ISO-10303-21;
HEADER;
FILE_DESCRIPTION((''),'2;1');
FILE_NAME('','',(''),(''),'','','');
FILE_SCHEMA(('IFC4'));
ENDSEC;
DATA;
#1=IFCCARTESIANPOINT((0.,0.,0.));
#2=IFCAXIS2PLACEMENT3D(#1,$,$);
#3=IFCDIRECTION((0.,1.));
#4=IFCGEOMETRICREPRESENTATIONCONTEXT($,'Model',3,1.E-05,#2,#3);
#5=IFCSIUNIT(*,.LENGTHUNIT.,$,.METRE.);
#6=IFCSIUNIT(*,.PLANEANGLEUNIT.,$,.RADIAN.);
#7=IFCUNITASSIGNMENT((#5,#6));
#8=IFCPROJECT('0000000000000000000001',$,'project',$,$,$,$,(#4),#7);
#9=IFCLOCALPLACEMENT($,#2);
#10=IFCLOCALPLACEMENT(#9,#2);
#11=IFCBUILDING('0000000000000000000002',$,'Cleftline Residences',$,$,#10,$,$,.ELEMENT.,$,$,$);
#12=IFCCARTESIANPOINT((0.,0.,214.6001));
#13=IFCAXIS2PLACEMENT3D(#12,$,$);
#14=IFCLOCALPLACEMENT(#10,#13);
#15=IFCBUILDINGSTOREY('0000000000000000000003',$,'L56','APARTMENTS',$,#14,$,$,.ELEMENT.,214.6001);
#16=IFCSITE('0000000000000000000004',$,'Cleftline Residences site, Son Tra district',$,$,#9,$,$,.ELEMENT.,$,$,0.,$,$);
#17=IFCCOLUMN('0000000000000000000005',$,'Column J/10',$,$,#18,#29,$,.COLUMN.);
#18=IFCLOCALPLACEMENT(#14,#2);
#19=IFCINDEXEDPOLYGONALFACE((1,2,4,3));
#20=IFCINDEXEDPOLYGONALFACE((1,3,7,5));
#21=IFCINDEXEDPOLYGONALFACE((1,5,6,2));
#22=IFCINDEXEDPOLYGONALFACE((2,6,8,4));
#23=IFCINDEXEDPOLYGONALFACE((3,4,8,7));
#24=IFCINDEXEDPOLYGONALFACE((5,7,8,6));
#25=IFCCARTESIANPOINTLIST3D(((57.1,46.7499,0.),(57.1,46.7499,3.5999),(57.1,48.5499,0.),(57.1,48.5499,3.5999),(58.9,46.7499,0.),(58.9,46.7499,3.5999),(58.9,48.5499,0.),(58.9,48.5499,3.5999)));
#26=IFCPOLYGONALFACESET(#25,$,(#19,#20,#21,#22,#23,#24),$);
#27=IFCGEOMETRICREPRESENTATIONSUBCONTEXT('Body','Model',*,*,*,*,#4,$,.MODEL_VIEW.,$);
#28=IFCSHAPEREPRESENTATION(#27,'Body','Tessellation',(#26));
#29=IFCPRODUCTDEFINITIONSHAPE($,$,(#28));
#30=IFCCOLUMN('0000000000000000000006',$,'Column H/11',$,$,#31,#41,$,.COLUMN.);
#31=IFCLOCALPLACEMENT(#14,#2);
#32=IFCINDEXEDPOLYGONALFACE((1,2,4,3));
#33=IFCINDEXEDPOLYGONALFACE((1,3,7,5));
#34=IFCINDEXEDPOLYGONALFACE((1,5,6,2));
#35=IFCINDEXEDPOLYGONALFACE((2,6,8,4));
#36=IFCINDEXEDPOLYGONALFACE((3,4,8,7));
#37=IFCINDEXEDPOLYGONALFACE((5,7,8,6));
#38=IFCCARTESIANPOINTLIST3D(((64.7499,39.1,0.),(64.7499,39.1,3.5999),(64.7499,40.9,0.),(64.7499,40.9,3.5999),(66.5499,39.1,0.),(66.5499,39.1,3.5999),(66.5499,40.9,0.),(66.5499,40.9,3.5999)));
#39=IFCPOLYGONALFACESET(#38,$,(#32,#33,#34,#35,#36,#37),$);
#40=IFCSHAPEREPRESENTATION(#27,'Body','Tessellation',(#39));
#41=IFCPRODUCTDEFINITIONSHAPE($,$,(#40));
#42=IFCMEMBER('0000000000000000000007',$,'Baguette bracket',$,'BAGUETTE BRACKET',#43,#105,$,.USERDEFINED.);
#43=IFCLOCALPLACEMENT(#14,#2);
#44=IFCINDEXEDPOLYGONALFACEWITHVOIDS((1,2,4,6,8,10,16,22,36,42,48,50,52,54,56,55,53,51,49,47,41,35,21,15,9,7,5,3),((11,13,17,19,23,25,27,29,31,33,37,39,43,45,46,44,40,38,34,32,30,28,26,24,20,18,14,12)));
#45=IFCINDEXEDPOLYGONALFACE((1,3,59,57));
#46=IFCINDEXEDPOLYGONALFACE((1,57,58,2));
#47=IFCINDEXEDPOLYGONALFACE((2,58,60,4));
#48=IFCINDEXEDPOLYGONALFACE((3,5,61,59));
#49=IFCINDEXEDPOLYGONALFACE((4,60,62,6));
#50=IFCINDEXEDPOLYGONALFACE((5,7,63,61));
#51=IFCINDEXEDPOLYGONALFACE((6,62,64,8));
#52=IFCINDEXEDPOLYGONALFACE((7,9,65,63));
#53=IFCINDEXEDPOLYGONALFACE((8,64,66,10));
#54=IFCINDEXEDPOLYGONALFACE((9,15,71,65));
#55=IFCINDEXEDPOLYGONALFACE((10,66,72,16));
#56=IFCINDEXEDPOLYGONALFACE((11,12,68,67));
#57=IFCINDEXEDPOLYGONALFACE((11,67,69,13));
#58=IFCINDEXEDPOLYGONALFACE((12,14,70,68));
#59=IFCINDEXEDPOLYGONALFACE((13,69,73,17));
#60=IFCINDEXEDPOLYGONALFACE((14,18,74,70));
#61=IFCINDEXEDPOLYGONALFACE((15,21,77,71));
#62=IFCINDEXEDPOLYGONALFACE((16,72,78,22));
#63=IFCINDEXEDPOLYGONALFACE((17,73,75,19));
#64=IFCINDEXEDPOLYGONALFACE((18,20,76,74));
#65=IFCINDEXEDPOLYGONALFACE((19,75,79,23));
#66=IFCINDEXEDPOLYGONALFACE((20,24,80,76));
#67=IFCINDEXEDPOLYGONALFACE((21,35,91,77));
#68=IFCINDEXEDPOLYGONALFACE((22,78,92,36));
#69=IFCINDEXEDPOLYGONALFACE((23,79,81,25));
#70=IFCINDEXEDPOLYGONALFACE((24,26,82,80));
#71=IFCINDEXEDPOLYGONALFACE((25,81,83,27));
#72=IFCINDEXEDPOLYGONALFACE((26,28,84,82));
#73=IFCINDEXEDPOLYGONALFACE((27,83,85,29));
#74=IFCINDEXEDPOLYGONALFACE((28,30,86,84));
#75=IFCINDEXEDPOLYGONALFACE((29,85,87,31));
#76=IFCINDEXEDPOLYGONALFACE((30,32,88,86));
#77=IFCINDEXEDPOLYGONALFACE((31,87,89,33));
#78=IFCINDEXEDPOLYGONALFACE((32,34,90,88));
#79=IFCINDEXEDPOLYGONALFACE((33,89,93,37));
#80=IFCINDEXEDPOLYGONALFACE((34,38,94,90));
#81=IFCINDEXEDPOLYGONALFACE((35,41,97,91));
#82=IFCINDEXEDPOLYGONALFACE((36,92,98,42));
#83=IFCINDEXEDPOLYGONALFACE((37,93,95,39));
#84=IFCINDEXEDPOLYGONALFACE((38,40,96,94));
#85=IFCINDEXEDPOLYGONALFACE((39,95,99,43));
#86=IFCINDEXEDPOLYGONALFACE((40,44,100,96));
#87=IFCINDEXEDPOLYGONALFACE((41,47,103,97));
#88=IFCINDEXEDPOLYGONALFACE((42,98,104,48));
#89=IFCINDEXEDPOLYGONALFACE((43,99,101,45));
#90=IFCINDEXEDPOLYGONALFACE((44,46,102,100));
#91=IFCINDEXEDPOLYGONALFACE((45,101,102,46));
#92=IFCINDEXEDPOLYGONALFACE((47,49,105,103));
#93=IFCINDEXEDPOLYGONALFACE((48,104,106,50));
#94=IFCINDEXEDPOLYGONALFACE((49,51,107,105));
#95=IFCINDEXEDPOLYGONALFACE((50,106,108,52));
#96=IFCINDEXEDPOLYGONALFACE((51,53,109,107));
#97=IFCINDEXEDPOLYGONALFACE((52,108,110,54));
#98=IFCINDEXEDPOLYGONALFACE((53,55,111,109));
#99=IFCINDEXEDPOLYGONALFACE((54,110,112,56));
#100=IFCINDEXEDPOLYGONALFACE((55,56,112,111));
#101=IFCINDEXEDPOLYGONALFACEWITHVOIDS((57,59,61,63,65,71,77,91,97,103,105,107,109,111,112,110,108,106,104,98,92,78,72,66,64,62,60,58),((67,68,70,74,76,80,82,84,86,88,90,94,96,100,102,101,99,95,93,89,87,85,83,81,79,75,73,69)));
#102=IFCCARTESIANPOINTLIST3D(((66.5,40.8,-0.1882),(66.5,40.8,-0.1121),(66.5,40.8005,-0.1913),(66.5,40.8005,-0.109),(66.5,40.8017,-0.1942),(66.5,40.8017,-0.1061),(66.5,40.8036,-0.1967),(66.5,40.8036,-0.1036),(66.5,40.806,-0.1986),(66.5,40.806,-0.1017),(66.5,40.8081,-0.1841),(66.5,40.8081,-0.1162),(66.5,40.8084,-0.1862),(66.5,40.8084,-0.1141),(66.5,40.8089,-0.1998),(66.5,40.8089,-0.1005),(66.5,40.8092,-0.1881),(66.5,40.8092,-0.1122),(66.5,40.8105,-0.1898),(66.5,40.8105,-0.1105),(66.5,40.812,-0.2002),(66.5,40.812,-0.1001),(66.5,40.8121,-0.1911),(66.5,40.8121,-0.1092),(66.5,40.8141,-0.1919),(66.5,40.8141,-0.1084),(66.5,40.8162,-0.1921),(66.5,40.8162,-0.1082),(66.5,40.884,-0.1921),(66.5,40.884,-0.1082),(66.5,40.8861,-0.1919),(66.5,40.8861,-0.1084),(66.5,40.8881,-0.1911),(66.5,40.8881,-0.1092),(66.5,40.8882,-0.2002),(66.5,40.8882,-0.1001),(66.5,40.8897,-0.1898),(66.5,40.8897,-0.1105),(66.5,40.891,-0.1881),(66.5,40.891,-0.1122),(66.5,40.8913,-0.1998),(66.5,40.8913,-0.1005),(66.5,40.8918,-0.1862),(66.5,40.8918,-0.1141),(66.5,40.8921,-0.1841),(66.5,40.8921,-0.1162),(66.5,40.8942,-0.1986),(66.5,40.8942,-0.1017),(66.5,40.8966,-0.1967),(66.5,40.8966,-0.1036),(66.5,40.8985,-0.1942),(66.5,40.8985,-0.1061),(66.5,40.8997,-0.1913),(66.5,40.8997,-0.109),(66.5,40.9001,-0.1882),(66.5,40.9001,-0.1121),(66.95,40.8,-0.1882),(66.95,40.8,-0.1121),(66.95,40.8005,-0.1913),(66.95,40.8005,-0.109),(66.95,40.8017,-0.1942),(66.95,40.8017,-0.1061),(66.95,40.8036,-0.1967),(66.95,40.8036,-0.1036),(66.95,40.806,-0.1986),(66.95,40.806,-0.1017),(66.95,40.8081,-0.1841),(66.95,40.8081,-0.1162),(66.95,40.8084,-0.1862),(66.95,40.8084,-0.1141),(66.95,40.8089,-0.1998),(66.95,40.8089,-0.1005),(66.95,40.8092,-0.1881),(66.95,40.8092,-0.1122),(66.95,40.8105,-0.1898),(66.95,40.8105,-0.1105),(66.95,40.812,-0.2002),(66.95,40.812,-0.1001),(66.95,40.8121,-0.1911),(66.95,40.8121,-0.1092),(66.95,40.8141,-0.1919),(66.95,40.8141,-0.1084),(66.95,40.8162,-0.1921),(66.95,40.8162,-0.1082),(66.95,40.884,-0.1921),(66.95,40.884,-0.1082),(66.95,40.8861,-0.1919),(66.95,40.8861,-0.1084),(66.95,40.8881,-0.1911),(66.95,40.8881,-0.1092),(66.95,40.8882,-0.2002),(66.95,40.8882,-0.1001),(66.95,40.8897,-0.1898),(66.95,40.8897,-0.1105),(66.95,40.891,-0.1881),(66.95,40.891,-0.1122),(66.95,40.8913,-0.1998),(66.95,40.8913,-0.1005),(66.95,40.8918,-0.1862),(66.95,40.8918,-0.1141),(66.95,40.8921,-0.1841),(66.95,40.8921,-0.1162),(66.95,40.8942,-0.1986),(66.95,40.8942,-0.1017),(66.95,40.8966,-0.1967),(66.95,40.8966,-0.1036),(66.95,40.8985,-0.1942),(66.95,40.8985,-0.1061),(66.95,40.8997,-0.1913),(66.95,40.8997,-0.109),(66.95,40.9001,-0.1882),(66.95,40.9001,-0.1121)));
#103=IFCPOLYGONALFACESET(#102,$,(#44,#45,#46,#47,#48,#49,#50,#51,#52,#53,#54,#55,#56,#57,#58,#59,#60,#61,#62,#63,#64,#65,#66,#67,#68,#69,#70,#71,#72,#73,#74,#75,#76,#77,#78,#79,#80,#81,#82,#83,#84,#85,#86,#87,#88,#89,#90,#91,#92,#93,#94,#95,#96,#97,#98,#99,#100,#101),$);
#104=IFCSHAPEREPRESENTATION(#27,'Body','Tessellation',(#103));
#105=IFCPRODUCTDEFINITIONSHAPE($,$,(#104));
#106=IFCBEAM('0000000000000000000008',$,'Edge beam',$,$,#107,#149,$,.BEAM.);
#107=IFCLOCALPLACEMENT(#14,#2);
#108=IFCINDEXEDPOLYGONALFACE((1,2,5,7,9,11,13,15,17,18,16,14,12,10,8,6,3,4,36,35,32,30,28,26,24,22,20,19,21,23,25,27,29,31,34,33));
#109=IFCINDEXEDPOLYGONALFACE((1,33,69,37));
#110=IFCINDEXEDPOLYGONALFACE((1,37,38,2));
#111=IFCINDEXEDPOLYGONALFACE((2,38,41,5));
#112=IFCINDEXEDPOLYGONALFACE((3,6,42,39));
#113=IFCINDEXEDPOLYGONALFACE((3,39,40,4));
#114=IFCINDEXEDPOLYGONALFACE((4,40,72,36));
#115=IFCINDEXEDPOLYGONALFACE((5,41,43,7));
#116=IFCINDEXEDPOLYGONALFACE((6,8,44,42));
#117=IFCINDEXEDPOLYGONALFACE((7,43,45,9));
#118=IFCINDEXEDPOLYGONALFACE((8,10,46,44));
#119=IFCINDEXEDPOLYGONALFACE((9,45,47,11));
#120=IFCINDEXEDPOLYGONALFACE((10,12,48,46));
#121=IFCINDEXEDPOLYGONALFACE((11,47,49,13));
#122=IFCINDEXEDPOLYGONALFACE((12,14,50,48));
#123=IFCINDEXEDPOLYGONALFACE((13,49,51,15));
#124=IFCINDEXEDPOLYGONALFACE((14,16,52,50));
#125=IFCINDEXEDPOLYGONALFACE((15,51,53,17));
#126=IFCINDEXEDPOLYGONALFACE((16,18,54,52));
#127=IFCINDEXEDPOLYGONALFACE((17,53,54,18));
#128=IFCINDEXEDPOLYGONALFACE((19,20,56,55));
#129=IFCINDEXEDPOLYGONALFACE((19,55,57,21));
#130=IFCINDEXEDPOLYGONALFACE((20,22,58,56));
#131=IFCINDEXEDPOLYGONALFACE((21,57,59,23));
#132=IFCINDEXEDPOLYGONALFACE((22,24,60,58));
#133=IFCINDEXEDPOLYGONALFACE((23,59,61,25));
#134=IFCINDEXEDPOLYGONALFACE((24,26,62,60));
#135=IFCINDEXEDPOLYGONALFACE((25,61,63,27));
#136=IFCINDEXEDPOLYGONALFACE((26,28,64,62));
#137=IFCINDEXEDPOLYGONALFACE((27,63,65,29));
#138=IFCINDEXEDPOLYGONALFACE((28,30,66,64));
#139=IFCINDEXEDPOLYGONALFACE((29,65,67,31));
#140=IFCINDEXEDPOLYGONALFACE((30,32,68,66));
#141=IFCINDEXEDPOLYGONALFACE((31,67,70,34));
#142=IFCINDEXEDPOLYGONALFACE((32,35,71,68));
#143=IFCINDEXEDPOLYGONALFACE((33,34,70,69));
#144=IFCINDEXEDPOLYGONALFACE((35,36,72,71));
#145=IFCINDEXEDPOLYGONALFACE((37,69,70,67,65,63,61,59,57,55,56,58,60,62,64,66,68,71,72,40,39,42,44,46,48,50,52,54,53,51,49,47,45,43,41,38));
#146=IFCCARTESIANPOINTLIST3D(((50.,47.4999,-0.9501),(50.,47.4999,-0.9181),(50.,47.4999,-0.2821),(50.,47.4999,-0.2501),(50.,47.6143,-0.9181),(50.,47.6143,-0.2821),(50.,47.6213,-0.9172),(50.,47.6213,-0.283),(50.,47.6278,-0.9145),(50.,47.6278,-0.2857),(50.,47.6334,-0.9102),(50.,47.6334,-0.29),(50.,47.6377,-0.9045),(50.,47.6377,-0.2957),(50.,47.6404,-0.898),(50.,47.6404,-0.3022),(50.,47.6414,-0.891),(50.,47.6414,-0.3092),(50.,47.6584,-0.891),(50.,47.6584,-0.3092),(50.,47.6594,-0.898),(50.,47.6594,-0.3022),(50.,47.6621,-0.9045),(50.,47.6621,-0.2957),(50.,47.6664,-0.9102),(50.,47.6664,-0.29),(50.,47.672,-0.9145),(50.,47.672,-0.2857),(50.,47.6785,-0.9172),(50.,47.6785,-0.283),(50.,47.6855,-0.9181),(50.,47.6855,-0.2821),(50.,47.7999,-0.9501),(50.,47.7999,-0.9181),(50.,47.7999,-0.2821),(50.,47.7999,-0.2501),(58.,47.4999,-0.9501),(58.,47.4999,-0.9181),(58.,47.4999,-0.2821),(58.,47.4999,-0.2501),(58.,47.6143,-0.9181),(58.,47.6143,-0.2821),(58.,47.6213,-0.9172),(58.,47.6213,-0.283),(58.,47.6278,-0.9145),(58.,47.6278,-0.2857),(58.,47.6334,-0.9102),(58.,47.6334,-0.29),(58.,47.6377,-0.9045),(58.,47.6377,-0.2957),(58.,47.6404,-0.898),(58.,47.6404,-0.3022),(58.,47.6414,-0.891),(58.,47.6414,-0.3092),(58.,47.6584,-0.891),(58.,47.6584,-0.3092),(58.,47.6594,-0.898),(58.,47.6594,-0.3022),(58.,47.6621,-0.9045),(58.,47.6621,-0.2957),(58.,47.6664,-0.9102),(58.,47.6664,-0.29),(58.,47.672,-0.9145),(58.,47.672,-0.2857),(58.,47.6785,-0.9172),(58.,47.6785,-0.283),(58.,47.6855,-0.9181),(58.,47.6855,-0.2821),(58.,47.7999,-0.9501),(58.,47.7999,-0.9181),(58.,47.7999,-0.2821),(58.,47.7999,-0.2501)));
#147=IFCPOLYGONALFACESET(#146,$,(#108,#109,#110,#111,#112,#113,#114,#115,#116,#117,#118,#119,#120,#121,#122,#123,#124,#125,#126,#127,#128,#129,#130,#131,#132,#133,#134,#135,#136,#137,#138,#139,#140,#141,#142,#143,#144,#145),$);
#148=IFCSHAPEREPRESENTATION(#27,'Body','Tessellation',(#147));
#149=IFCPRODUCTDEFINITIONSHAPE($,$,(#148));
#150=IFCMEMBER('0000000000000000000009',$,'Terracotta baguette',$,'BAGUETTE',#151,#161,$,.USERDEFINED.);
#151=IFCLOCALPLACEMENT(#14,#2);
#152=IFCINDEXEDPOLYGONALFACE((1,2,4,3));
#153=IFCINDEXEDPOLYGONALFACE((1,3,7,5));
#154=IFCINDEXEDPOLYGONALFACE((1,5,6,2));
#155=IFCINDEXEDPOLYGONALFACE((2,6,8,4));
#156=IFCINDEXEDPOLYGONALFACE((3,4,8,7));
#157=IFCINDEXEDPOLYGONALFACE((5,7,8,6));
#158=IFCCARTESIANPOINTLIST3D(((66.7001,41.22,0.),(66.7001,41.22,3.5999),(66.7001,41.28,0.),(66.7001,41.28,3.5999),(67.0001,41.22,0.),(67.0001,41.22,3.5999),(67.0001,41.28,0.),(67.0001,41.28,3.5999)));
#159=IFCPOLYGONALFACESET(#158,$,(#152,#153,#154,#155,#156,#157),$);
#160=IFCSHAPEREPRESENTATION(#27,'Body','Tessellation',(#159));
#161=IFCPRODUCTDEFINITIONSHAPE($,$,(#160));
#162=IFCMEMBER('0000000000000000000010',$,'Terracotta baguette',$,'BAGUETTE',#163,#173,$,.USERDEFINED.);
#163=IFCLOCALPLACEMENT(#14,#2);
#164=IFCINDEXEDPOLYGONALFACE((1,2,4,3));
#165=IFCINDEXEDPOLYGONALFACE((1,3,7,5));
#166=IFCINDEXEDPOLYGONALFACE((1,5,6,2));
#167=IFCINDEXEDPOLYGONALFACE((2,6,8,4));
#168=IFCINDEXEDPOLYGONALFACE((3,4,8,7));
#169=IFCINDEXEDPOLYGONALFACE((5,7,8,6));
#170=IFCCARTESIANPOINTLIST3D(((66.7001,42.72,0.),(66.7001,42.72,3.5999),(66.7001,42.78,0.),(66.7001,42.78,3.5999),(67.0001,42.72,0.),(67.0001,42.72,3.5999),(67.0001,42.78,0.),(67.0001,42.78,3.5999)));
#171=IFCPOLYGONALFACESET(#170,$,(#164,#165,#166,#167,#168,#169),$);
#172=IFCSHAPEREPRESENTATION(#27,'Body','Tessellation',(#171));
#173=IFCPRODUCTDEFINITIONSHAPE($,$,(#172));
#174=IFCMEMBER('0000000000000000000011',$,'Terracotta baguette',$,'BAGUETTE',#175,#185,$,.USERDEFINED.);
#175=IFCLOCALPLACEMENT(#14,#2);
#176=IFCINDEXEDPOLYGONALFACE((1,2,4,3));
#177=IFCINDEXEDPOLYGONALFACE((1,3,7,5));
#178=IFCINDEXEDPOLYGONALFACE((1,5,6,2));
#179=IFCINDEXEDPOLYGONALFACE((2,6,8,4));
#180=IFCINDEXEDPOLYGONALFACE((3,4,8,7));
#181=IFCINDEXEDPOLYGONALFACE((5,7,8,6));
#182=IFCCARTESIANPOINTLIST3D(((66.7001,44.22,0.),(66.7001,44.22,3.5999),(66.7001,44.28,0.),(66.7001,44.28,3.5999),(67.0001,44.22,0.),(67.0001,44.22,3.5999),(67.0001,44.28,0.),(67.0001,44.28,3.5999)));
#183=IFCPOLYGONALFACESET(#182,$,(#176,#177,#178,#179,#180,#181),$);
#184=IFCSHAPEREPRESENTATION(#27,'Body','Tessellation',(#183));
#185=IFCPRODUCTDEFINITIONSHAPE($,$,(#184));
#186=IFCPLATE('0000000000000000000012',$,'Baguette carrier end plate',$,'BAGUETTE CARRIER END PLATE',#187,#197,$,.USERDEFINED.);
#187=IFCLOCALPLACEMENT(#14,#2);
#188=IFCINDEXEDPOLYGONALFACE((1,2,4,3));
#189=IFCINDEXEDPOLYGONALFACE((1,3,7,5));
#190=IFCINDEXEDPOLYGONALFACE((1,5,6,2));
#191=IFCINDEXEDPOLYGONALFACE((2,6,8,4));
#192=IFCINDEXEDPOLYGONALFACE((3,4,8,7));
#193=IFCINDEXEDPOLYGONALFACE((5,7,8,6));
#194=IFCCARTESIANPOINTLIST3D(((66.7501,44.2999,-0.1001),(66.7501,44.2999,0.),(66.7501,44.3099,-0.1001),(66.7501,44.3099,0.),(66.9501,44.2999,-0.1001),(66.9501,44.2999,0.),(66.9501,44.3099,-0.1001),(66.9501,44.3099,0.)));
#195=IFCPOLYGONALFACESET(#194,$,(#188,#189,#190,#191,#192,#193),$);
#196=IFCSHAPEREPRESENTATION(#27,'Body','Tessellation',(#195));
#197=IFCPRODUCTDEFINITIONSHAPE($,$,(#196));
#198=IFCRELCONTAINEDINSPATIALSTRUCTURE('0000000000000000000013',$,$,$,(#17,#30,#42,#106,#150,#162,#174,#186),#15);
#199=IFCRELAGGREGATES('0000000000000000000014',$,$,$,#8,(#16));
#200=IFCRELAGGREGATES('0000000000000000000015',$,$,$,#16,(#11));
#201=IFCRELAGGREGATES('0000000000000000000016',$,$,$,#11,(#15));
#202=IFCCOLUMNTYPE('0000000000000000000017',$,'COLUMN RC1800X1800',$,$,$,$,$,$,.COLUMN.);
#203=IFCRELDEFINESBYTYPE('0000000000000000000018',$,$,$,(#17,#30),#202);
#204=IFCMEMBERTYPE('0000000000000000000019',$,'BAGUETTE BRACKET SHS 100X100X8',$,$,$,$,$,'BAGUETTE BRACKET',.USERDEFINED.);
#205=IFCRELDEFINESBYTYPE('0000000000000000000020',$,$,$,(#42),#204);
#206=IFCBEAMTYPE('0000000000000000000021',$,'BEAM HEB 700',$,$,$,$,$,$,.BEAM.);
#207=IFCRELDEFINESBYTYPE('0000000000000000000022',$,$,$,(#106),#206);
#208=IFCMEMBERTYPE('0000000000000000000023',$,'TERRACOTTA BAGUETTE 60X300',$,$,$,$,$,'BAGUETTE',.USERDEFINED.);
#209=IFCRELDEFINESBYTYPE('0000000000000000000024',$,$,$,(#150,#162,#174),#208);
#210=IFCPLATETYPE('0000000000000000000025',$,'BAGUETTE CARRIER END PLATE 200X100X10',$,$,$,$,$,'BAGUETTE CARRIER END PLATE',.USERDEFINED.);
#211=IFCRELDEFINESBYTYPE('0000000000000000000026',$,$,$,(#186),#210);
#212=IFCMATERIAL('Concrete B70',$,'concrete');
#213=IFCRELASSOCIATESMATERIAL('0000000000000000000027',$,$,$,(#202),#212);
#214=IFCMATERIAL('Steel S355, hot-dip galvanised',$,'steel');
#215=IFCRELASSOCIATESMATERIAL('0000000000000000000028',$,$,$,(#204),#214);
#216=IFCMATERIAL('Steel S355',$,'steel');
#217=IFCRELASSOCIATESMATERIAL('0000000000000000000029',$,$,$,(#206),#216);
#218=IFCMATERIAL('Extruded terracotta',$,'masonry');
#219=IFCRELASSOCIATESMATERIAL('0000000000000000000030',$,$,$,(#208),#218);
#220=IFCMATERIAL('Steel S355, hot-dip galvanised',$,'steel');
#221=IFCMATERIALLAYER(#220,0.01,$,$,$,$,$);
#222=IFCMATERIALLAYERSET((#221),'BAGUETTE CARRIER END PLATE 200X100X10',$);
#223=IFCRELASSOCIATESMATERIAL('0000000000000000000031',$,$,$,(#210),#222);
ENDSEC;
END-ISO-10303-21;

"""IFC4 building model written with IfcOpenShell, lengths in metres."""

from ifc_helpers import new_model, si_unit, direction, frame, origin, origin_2d, place, context, subcontext, project, spatial, rectangle, hollow_rectangle, i_section, extrude, material, layer, layer_set, material_profile, profile_set, type_object, element, save


model = new_model("IFC4")

# Units and contexts
model_context = context("Model", 3, precision=1e-05, world=origin(), true_north=direction((0.0, 1.0)))
body_context = subcontext(model_context, "Body", "Model", "MODEL_VIEW")
ifc_project = project(units=[si_unit("LENGTHUNIT", "METRE"), si_unit("PLANEANGLEUNIT", "RADIAN")], contexts=[model_context])

# Site, building, storey
site_placement = place(None, origin())
site = spatial("IfcSite", under=ifc_project, at=site_placement, Name="Cleftline Residences site, Son Tra district", CompositionType="ELEMENT", RefElevation=0.0)
building_placement = place(site_placement, origin())
building = spatial("IfcBuilding", under=site, at=building_placement, Name="Cleftline Residences", CompositionType="ELEMENT")
storey_placement = place(building_placement, frame((0.0, 0.0, 214.6001)))
storey = spatial("IfcBuildingStorey", under=building, at=storey_placement, Name="L56", Description="APARTMENTS", CompositionType="ELEMENT", Elevation=214.6001)

# Columns
ifc_material_1 = material(Name="Concrete B70", Category="concrete")
ifc_material_profile_1 = material_profile(ifc_material_1, rectangle(XDim=1.8, YDim=1.8, at=origin_2d()))
ifc_profile_set_1 = profile_set([ifc_material_profile_1], Name="Concrete B70")
column_type = type_object("IfcColumnType", Name="COLUMN RC1800X1800", PredefinedType="COLUMN", material=ifc_profile_set_1)
for number, where, z_axis, x_axis, name in (
    (1, (58.0, 47.6499, 0.0), (0.0, 0.0, 1.0), (1.0, 0.0, 0.0), "Column J/10"),
    (2, (65.6499, 40.0, 0.0), (0.0, 0.0, 1.0), (1.0, 0.0, 0.0), "Column H/11"),
):
    element("IfcColumn", number, at=place(storey_placement, frame(where, z_axis=z_axis, x_axis=x_axis)), inside=storey, type_object=column_type, Name=name, PredefinedType="COLUMN", context=body_context, shape_type="SweptSolid", body=[
        extrude(rectangle(XDim=1.8, YDim=1.8, at=origin_2d()), origin(), (0.0, 0.0, 1.0), 3.5999),
    ])

# Member
ifc_material_2 = material(Name="Steel S355, hot-dip galvanised", Category="steel")
ifc_material_profile_2 = material_profile(ifc_material_2, hollow_rectangle(XDim=0.1001, YDim=0.1001, WallThickness=0.0081, InnerFilletRadius=0.0081, OuterFilletRadius=0.012, at=origin_2d()))
ifc_profile_set_2 = profile_set([ifc_material_profile_2], Name="Steel S355, hot-dip galvanised")
member_type_1 = type_object("IfcMemberType", Name="BAGUETTE BRACKET SHS 100X100X8", ElementType="BAGUETTE BRACKET", PredefinedType="USERDEFINED", material=ifc_profile_set_2)
member_placement = place(storey_placement, frame((66.5, 40.8501, -0.1501), z_axis=(1.0, 0.0, 0.0), x_axis=(0.0, 1.0, 0.0)))
element("IfcMember", 3, at=member_placement, inside=storey, type_object=member_type_1, Name="Baguette bracket", ObjectType="BAGUETTE BRACKET", PredefinedType="USERDEFINED", context=body_context, shape_type="SweptSolid", body=[
    extrude(hollow_rectangle(XDim=0.1001, YDim=0.1001, WallThickness=0.0081, InnerFilletRadius=0.0081, OuterFilletRadius=0.012, at=origin_2d()), origin(), (0.0, 0.0, 1.0), 0.45),
])

# Beam
ifc_material_3 = material(Name="Steel S355", Category="steel")
ifc_material_profile_3 = material_profile(ifc_material_3, i_section(OverallWidth=0.3, OverallDepth=0.7, WebThickness=0.0171, FlangeThickness=0.032, FilletRadius=0.0271, at=origin_2d()))
ifc_profile_set_3 = profile_set([ifc_material_profile_3], Name="Steel S355")
beam_type = type_object("IfcBeamType", Name="BEAM HEB 700", PredefinedType="BEAM", material=ifc_profile_set_3)
beam_placement = place(storey_placement, frame((58.0, 47.6499, -0.6001), z_axis=(-1.0, 0.0, 0.0), x_axis=(0.0, -1.0, 0.0)))
element("IfcBeam", 4, at=beam_placement, inside=storey, type_object=beam_type, Name="Edge beam", PredefinedType="BEAM", context=body_context, shape_type="SweptSolid", body=[
    extrude(i_section(OverallWidth=0.3, OverallDepth=0.7, WebThickness=0.0171, FlangeThickness=0.032, FilletRadius=0.0271, at=origin_2d()), origin(), (0.0, 0.0, 1.0), 8.0),
])

# Members
ifc_material_4 = material(Name="Extruded terracotta", Category="masonry")
ifc_material_profile_4 = material_profile(ifc_material_4, rectangle(XDim=0.0601, YDim=0.3, at=origin_2d()))
ifc_profile_set_4 = profile_set([ifc_material_profile_4], Name="Extruded terracotta")
member_type_2 = type_object("IfcMemberType", Name="TERRACOTTA BAGUETTE 60X300", ElementType="BAGUETTE", PredefinedType="USERDEFINED", material=ifc_profile_set_4)
for number, where, z_axis, x_axis, name in (
    (5, (66.8501, 41.25, 0.0), (0.0, 0.0, 1.0), (0.0, 1.0, 0.0), "Terracotta baguette"),
    (6, (66.8501, 42.75, 0.0), (0.0, 0.0, 1.0), (0.0, 1.0, 0.0), "Terracotta baguette"),
    (7, (66.8501, 44.25, 0.0), (0.0, 0.0, 1.0), (0.0, 1.0, 0.0), "Terracotta baguette"),
):
    element("IfcMember", number, at=place(storey_placement, frame(where, z_axis=z_axis, x_axis=x_axis)), inside=storey, type_object=member_type_2, Name=name, ObjectType="BAGUETTE", PredefinedType="USERDEFINED", context=body_context, shape_type="SweptSolid", body=[
        extrude(rectangle(XDim=0.0601, YDim=0.3, at=origin_2d()), origin(), (0.0, 0.0, 1.0), 3.5999),
    ])

# Plate
ifc_material_5 = material(Name="Steel S355, hot-dip galvanised", Category="steel")
ifc_layer_1 = layer(ifc_material_5, 0.01)
ifc_layer_set_1 = layer_set([ifc_layer_1], Name="BAGUETTE CARRIER END PLATE 200X100X10")
plate_type = type_object("IfcPlateType", Name="BAGUETTE CARRIER END PLATE 200X100X10", ElementType="BAGUETTE CARRIER END PLATE", PredefinedType="USERDEFINED", material=ifc_layer_set_1)
plate_placement = place(storey_placement, frame((66.8501, 44.3049, -0.1001), z_axis=(0.0, 0.0, 1.0), x_axis=(1.0, 0.0, 0.0)))
element("IfcPlate", 8, at=plate_placement, inside=storey, type_object=plate_type, Name="Baguette carrier end plate", ObjectType="BAGUETTE CARRIER END PLATE", PredefinedType="USERDEFINED", context=body_context, shape_type="SweptSolid", body=[
    extrude(rectangle(XDim=0.2, YDim=0.01, at=origin_2d()), origin(), (0.0, 0.0, 1.0), 0.1001),
])

save(model, "model.ifc")
